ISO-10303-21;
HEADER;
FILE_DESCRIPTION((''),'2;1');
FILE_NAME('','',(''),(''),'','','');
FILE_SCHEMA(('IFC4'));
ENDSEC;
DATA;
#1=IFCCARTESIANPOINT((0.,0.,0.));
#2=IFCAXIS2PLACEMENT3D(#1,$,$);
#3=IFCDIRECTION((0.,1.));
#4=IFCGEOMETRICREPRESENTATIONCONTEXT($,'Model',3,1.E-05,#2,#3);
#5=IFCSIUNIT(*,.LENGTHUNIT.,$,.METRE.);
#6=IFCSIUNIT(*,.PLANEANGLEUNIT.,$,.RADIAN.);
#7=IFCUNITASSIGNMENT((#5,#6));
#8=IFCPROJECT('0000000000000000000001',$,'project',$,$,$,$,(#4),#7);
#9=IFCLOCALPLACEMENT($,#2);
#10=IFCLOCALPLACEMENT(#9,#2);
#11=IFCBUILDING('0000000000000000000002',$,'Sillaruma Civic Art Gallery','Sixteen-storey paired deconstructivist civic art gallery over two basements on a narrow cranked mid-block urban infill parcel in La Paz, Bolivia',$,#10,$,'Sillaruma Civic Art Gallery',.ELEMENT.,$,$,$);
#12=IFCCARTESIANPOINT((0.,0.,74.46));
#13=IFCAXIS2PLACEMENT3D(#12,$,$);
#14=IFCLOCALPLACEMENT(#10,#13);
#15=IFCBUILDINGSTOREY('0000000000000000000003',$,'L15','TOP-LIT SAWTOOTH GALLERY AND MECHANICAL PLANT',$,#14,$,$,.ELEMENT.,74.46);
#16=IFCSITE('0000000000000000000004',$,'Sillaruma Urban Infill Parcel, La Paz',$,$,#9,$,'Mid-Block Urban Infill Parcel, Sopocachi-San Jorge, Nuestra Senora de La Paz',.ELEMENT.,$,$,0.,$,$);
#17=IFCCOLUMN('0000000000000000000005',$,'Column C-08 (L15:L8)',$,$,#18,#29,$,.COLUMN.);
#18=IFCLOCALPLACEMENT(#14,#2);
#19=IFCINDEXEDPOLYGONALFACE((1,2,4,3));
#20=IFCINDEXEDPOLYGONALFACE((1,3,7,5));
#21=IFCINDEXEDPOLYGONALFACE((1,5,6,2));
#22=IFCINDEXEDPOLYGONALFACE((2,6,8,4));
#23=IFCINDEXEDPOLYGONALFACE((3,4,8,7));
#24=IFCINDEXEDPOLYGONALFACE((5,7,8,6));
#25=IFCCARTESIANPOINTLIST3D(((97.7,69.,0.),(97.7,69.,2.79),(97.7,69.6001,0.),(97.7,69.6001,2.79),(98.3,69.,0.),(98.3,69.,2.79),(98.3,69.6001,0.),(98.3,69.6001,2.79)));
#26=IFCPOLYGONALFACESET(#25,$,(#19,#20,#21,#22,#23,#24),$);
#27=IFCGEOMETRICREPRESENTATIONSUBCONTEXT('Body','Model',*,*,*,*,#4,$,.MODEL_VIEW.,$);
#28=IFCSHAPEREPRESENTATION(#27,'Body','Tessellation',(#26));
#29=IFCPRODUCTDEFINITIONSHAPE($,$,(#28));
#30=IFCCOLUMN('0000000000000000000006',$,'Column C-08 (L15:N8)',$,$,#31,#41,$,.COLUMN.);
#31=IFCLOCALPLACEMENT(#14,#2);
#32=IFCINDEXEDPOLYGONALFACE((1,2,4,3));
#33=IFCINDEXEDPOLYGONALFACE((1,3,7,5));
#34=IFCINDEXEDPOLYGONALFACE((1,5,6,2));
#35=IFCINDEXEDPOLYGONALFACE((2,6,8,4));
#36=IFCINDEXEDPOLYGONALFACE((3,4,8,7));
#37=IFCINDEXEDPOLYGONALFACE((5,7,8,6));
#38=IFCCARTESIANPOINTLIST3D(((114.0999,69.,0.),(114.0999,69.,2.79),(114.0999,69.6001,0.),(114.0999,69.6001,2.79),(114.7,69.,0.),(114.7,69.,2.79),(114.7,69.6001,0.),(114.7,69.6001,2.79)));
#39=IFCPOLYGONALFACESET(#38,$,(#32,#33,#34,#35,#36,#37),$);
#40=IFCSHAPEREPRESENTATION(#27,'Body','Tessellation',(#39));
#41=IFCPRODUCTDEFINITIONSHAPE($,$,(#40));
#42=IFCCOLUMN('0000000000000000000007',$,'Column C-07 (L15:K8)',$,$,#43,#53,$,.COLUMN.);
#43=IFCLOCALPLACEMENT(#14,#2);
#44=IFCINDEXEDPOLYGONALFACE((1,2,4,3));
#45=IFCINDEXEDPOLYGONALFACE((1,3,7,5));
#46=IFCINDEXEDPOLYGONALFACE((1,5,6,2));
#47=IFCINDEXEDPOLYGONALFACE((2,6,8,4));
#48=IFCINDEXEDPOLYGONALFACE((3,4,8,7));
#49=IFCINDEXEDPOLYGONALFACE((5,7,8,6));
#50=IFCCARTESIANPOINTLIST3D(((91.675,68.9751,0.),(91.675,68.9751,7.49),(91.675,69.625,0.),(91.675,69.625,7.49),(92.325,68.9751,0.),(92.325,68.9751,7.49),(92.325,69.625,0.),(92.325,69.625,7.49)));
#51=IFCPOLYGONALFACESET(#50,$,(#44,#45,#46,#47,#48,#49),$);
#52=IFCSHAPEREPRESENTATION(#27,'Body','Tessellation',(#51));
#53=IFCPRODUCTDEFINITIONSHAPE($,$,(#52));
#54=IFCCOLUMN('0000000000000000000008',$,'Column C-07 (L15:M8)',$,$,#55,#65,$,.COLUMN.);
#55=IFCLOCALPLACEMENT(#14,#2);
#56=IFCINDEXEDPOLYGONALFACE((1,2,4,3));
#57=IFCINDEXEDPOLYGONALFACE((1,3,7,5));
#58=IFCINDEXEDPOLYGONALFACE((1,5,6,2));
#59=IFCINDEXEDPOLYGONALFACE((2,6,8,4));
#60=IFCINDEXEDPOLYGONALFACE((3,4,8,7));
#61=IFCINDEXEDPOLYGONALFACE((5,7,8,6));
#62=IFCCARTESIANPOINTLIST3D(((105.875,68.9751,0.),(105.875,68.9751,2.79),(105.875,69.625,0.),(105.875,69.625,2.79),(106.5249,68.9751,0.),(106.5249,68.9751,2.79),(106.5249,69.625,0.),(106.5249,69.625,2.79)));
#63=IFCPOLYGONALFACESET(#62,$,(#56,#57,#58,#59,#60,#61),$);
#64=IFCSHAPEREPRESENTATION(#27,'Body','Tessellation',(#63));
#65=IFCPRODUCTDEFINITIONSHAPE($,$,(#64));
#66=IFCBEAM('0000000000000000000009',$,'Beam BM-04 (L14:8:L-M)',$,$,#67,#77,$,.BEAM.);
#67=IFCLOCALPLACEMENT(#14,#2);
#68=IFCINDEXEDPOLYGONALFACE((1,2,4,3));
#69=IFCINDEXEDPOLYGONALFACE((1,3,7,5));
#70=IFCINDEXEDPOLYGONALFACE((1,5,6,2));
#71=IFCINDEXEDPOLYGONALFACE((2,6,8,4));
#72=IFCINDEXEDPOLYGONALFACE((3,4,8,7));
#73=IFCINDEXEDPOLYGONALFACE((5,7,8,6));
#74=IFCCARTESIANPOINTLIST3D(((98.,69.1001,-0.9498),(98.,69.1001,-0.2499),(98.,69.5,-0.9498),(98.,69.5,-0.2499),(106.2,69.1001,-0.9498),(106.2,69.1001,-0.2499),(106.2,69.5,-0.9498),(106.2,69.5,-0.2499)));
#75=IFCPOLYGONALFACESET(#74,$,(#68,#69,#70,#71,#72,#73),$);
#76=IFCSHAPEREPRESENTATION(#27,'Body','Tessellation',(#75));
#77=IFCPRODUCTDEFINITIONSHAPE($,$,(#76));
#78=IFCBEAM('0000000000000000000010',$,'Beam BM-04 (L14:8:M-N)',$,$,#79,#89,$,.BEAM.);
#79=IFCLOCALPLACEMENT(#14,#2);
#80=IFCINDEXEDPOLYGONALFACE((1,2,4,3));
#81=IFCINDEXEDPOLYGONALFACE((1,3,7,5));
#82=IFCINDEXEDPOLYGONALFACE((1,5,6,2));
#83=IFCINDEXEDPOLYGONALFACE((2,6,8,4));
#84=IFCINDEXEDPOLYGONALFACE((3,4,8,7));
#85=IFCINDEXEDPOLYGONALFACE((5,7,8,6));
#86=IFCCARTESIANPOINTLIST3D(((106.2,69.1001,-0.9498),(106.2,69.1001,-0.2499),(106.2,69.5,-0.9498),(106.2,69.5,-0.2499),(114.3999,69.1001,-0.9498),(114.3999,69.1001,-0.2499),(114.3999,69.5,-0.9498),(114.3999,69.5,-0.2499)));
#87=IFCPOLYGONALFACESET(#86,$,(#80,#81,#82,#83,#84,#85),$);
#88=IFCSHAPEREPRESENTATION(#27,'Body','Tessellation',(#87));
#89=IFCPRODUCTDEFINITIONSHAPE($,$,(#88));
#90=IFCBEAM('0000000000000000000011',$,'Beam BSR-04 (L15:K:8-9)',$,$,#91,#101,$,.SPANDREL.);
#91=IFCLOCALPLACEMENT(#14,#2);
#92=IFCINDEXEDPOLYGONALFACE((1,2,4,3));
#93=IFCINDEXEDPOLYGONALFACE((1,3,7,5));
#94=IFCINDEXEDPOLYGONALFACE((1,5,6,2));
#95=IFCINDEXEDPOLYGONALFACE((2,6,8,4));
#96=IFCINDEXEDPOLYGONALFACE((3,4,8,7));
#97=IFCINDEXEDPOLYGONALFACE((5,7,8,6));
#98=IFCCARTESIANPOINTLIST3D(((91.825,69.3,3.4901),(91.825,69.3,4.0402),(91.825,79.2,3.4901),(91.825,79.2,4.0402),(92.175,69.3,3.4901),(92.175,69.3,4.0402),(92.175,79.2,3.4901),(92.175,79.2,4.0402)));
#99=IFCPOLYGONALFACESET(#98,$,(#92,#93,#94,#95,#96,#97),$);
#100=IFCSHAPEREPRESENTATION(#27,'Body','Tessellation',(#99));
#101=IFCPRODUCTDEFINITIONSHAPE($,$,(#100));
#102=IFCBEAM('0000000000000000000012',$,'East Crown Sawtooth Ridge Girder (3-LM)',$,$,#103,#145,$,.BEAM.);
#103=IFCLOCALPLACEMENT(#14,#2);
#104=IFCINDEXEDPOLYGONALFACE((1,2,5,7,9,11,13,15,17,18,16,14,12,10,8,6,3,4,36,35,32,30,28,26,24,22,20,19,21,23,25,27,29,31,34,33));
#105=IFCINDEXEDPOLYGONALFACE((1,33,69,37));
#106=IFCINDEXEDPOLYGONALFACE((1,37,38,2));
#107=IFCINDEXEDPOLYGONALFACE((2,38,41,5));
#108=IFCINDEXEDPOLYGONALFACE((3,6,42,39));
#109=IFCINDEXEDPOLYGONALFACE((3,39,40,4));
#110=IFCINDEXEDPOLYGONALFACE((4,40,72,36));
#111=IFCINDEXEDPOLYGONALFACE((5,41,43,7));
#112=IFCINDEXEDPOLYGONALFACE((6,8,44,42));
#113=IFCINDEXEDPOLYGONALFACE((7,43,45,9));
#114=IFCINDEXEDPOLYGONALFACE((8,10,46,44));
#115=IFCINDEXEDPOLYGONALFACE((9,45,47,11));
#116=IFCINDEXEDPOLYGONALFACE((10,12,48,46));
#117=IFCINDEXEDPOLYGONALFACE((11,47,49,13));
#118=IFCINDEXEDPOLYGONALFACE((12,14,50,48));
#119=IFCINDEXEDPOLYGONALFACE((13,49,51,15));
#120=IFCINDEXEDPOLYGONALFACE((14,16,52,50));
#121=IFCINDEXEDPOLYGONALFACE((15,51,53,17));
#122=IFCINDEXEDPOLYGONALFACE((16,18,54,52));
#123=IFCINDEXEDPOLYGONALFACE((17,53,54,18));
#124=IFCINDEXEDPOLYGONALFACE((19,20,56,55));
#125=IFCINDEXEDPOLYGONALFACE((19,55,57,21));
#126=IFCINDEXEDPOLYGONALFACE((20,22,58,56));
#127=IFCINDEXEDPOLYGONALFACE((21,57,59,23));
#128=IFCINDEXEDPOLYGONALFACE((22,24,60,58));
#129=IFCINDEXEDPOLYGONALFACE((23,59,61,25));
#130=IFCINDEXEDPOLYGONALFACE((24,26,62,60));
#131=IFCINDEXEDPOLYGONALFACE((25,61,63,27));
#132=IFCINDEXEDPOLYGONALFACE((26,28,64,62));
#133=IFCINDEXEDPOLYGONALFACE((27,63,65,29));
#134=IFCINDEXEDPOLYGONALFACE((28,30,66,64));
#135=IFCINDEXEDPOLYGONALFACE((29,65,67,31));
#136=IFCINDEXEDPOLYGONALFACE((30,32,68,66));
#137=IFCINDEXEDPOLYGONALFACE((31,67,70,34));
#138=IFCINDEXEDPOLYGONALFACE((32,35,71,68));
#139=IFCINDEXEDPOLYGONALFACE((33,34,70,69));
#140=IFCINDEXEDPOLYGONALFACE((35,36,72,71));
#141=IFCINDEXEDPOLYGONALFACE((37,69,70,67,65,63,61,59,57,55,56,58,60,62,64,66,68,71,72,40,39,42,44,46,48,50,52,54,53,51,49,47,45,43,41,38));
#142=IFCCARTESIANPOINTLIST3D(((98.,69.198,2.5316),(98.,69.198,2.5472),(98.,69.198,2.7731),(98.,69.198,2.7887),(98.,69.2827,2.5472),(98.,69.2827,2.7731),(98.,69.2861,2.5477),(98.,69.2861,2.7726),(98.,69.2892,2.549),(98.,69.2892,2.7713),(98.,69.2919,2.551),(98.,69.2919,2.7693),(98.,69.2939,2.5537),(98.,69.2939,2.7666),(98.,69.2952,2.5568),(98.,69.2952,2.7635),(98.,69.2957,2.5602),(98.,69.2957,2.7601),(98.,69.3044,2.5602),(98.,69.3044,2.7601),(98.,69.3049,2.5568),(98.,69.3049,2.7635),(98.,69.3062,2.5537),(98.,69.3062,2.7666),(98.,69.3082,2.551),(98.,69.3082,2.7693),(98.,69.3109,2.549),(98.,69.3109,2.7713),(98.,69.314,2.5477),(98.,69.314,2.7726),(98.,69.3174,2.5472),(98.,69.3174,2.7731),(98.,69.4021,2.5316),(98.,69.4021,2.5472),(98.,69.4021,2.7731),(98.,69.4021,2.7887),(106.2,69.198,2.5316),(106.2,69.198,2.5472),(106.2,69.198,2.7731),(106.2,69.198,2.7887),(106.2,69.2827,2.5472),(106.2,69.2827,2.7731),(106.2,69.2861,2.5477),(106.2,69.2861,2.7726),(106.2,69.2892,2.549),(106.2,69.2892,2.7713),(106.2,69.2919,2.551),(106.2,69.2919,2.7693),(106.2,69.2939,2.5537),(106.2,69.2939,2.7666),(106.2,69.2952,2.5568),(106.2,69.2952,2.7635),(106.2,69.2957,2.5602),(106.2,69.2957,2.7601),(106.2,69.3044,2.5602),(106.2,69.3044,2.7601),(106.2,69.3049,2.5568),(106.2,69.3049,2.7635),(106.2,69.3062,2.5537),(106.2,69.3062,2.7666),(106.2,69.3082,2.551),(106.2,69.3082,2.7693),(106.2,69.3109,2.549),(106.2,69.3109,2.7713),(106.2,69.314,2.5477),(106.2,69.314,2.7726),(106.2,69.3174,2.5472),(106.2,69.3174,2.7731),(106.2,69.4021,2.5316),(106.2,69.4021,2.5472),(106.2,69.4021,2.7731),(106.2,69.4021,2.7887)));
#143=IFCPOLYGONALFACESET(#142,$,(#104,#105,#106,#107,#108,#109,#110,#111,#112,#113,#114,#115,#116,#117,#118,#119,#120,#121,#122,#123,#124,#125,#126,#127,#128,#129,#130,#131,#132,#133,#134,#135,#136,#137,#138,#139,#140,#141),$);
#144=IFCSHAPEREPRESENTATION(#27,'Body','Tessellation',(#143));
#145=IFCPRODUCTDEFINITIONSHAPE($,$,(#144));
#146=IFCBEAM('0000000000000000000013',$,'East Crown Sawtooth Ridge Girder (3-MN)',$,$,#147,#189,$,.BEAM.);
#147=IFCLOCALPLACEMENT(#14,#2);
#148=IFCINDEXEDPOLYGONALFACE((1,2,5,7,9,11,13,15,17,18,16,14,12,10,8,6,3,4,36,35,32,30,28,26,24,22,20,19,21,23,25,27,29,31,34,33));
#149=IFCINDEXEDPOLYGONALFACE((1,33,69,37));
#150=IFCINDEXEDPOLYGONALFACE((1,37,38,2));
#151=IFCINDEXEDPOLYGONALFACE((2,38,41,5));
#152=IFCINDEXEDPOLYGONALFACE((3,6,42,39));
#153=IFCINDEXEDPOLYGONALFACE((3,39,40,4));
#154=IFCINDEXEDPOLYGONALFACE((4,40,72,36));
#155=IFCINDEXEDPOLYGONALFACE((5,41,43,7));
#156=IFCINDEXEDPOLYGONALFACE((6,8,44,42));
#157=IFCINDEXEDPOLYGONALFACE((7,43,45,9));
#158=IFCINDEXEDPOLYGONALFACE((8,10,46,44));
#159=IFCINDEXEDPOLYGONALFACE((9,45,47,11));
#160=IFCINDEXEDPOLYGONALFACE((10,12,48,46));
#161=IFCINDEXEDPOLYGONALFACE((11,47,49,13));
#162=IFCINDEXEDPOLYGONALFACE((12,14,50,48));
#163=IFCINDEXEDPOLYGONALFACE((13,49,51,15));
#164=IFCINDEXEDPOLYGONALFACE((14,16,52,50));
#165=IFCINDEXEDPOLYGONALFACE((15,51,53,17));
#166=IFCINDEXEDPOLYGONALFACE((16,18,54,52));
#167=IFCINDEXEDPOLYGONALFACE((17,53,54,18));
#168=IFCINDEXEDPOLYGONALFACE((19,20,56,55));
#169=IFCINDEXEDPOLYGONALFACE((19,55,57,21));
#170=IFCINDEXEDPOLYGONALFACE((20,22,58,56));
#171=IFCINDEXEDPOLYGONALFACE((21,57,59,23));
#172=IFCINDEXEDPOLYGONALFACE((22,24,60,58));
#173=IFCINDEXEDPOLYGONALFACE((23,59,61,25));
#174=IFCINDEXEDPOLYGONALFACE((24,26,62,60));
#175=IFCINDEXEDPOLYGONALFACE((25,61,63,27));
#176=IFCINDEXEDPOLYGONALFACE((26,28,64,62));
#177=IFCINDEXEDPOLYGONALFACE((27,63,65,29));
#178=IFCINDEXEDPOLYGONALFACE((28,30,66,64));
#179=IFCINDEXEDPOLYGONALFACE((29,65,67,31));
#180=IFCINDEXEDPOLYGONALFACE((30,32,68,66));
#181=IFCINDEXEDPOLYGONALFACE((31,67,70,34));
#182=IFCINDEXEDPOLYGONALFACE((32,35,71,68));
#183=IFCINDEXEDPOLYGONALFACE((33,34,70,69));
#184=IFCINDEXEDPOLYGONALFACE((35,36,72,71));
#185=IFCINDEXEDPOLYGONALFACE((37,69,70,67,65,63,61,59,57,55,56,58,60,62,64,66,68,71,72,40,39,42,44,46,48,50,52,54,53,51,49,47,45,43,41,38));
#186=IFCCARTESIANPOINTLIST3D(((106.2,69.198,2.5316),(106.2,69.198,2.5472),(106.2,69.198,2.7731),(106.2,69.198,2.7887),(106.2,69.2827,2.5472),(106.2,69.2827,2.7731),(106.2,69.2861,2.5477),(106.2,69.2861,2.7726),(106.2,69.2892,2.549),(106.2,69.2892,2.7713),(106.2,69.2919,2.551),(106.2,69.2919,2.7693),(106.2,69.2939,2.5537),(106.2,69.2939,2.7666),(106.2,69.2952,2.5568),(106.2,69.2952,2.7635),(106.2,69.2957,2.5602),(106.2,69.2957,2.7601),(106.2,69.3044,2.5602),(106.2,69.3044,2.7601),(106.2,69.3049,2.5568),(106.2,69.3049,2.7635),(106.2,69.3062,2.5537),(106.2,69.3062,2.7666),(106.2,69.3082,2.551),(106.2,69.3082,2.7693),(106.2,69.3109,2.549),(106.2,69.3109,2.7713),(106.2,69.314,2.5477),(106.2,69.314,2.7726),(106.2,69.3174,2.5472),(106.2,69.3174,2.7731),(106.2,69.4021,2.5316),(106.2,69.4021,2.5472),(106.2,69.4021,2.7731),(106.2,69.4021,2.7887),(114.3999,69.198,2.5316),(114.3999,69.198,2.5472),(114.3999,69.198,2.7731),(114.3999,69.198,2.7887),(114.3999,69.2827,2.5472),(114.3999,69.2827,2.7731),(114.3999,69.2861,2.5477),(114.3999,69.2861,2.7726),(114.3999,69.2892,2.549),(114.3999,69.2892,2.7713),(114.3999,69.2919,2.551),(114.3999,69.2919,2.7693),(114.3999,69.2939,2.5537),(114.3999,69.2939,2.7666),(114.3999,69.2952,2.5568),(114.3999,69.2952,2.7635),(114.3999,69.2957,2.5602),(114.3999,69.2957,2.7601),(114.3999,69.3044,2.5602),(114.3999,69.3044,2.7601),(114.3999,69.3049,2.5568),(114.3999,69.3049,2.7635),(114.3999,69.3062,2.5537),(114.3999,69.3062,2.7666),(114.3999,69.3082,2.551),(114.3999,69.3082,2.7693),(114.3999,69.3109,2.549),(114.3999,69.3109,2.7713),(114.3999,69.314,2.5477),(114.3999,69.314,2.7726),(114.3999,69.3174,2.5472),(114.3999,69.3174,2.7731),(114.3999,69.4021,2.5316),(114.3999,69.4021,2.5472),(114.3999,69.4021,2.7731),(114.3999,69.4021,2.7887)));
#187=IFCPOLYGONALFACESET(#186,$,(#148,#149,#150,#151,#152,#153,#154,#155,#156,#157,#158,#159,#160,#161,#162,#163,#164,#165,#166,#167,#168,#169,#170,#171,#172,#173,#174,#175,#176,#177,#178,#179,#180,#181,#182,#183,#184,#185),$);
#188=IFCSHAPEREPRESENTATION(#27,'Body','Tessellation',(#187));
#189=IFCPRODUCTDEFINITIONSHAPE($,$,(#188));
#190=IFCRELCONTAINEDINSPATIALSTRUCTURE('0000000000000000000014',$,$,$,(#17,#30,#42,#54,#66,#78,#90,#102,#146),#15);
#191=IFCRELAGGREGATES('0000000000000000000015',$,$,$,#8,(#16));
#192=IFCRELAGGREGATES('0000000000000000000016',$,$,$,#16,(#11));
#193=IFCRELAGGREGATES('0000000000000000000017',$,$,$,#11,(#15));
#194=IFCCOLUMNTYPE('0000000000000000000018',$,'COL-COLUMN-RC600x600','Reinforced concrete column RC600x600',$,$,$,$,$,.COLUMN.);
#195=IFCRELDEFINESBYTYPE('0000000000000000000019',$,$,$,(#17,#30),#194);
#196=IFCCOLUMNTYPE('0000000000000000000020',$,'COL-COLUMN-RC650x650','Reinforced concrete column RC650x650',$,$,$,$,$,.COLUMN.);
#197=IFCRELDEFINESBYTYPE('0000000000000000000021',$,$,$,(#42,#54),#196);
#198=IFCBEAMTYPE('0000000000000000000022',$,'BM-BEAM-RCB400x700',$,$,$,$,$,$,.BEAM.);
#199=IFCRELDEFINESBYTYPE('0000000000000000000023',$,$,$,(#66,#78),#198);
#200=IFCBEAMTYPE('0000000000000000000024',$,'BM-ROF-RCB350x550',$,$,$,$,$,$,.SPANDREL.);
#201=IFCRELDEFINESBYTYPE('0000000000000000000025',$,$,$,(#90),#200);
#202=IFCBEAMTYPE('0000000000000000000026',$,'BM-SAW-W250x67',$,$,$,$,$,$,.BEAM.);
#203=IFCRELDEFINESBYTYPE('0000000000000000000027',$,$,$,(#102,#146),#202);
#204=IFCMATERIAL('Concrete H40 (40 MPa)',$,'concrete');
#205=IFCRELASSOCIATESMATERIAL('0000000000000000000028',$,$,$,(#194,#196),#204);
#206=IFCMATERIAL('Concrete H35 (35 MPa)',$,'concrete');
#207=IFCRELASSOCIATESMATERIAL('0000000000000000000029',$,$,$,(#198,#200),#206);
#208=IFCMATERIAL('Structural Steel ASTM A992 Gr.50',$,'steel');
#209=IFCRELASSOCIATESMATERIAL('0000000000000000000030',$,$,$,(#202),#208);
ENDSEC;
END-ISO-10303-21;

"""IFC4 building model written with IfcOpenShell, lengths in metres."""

from ifc_helpers import new_model, si_unit, direction, frame, origin, origin_2d, place, context, subcontext, project, spatial, rectangle, i_section, extrude, material, material_profile, profile_set, type_object, element, save


model = new_model("IFC4")

# Units and contexts
model_context = context("Model", 3, precision=1e-05, world=origin(), true_north=direction((0.0, 1.0)))
body_context = subcontext(model_context, "Body", "Model", "MODEL_VIEW")
ifc_project = project(units=[si_unit("LENGTHUNIT", "METRE"), si_unit("PLANEANGLEUNIT", "RADIAN")], contexts=[model_context])

# Site, building, storey
site_placement = place(None, origin())
site = spatial("IfcSite", under=ifc_project, at=site_placement, Name="Sillaruma Urban Infill Parcel, La Paz", LongName="Mid-Block Urban Infill Parcel, Sopocachi-San Jorge, Nuestra Senora de La Paz", CompositionType="ELEMENT", RefElevation=0.0)
building_placement = place(site_placement, origin())
building = spatial("IfcBuilding", under=site, at=building_placement, Name="Sillaruma Civic Art Gallery", Description="Sixteen-storey paired deconstructivist civic art gallery over two basements on a narrow cranked mid-block urban infill parcel in La Paz, Bolivia", LongName="Sillaruma Civic Art Gallery", CompositionType="ELEMENT")
storey_placement = place(building_placement, frame((0.0, 0.0, 74.46)))
storey = spatial("IfcBuildingStorey", under=building, at=storey_placement, Name="L15", Description="TOP-LIT SAWTOOTH GALLERY AND MECHANICAL PLANT", CompositionType="ELEMENT", Elevation=74.46)

# Columns
ifc_material_1 = material(Name="Concrete H40 (40 MPa)", Category="concrete")
ifc_material_profile_1 = material_profile(ifc_material_1, rectangle(XDim=0.6001, YDim=0.6001, at=origin_2d()), Name="RC600x600")
ifc_profile_set_1 = profile_set([ifc_material_profile_1], Name="Concrete H40 (40 MPa)")
column_type_1 = type_object("IfcColumnType", Name="COL-COLUMN-RC600x600", Description="Reinforced concrete column RC600x600", PredefinedType="COLUMN", material=ifc_profile_set_1)
for number, where, z_axis, x_axis, name in (
    (1, (98.0, 69.3, 0.0), (0.0, 0.0, 1.0), (1.0, 0.0, 0.0), "Column C-08 (L15:L8)"),
    (2, (114.3999, 69.3, 0.0), (0.0, 0.0, 1.0), (1.0, 0.0, 0.0), "Column C-08 (L15:N8)"),
):
    element("IfcColumn", number, at=place(storey_placement, frame(where, z_axis=z_axis, x_axis=x_axis)), inside=storey, type_object=column_type_1, Name=name, PredefinedType="COLUMN", context=body_context, shape_type="SweptSolid", body=[
        extrude(rectangle(XDim=0.6001, YDim=0.6001, at=origin_2d()), origin(), (0.0, 0.0, 1.0), 2.79),
    ])
ifc_material_profile_2 = material_profile(ifc_material_1, rectangle(XDim=0.6499, YDim=0.6499, at=origin_2d()), Name="RC650x650")
ifc_profile_set_2 = profile_set([ifc_material_profile_2], Name="Concrete H40 (40 MPa)")
column_type_2 = type_object("IfcColumnType", Name="COL-COLUMN-RC650x650", Description="Reinforced concrete column RC650x650", PredefinedType="COLUMN", material=ifc_profile_set_2)
column_1_placement = place(storey_placement, frame((92.0, 69.3, 0.0), z_axis=(0.0, 0.0, 1.0), x_axis=(1.0, 0.0, 0.0)))
element("IfcColumn", 3, at=column_1_placement, inside=storey, type_object=column_type_2, Name="Column C-07 (L15:K8)", PredefinedType="COLUMN", context=body_context, shape_type="SweptSolid", body=[
    extrude(rectangle(XDim=0.6499, YDim=0.6499, at=origin_2d()), origin(), (0.0, 0.0, 1.0), 7.49),
])
column_2_placement = place(storey_placement, frame((106.2, 69.3, 0.0), z_axis=(0.0, 0.0, 1.0), x_axis=(1.0, 0.0, 0.0)))
element("IfcColumn", 4, at=column_2_placement, inside=storey, type_object=column_type_2, Name="Column C-07 (L15:M8)", PredefinedType="COLUMN", context=body_context, shape_type="SweptSolid", body=[
    extrude(rectangle(XDim=0.6499, YDim=0.6499, at=origin_2d()), origin(), (0.0, 0.0, 1.0), 2.79),
])

# Beams
ifc_material_2 = material(Name="Concrete H35 (35 MPa)", Category="concrete")
ifc_material_profile_3 = material_profile(ifc_material_2, rectangle(XDim=0.3999, YDim=0.7, at=origin_2d()), Name="RCB400x700")
ifc_profile_set_3 = profile_set([ifc_material_profile_3], Name="Concrete H35 (35 MPa)")
beam_type_1 = type_object("IfcBeamType", Name="BM-BEAM-RCB400x700", PredefinedType="BEAM", material=ifc_profile_set_3)
for number, where, z_axis, x_axis, name in (
    (5, (98.0, 69.3, -0.5999), (1.0, 0.0, 0.0), (0.0, 1.0, 0.0), "Beam BM-04 (L14:8:L-M)"),
    (6, (106.2, 69.3, -0.5999), (1.0, 0.0, 0.0), (0.0, 1.0, 0.0), "Beam BM-04 (L14:8:M-N)"),
):
    element("IfcBeam", number, at=place(storey_placement, frame(where, z_axis=z_axis, x_axis=x_axis)), inside=storey, type_object=beam_type_1, Name=name, PredefinedType="BEAM", context=body_context, shape_type="SweptSolid", body=[
        extrude(rectangle(XDim=0.3999, YDim=0.7, at=origin_2d()), origin(), (0.0, 0.0, 1.0), 8.2),
    ])
ifc_material_profile_4 = material_profile(ifc_material_2, rectangle(XDim=0.3501, YDim=0.55, at=origin_2d()), Name="RCB350x550")
ifc_profile_set_4 = profile_set([ifc_material_profile_4], Name="Concrete H35 (35 MPa)")
beam_type_2 = type_object("IfcBeamType", Name="BM-ROF-RCB350x550", PredefinedType="SPANDREL", material=ifc_profile_set_4)
beam_1_placement = place(storey_placement, frame((92.0, 69.3, 3.7651), z_axis=(0.0, 1.0, 0.0), x_axis=(-1.0, 0.0, 0.0)))
element("IfcBeam", 7, at=beam_1_placement, inside=storey, type_object=beam_type_2, Name="Beam BSR-04 (L15:K:8-9)", PredefinedType="SPANDREL", context=body_context, shape_type="SweptSolid", body=[
    extrude(rectangle(XDim=0.3501, YDim=0.55, at=origin_2d()), origin(), (0.0, 0.0, 1.0), 9.8999),
])
ifc_material_3 = material(Name="Structural Steel ASTM A992 Gr.50", Category="steel")
ifc_material_profile_5 = material_profile(ifc_material_3, i_section(OverallWidth=0.2041, OverallDepth=0.2571, WebThickness=0.0088, FlangeThickness=0.0156, FilletRadius=0.0129, at=origin_2d()), Name="W250x67")
ifc_profile_set_5 = profile_set([ifc_material_profile_5], Name="Structural Steel ASTM A992 Gr.50")
beam_type_3 = type_object("IfcBeamType", Name="BM-SAW-W250x67", PredefinedType="BEAM", material=ifc_profile_set_5)
for number, where, z_axis, x_axis, name in (
    (8, (98.0, 69.3, 2.6602), (1.0, 0.0, 0.0), (0.0, 1.0, 0.0), "East Crown Sawtooth Ridge Girder (3-LM)"),
    (9, (106.2, 69.3, 2.6602), (1.0, 0.0, 0.0), (0.0, 1.0, 0.0), "East Crown Sawtooth Ridge Girder (3-MN)"),
):
    element("IfcBeam", number, at=place(storey_placement, frame(where, z_axis=z_axis, x_axis=x_axis)), inside=storey, type_object=beam_type_3, Name=name, PredefinedType="BEAM", context=body_context, shape_type="SweptSolid", body=[
        extrude(i_section(OverallWidth=0.2041, OverallDepth=0.2571, WebThickness=0.0088, FlangeThickness=0.0156, FilletRadius=0.0129, at=origin_2d()), origin(), (0.0, 0.0, 1.0), 8.2),
    ])

save(model, "model.ifc")
